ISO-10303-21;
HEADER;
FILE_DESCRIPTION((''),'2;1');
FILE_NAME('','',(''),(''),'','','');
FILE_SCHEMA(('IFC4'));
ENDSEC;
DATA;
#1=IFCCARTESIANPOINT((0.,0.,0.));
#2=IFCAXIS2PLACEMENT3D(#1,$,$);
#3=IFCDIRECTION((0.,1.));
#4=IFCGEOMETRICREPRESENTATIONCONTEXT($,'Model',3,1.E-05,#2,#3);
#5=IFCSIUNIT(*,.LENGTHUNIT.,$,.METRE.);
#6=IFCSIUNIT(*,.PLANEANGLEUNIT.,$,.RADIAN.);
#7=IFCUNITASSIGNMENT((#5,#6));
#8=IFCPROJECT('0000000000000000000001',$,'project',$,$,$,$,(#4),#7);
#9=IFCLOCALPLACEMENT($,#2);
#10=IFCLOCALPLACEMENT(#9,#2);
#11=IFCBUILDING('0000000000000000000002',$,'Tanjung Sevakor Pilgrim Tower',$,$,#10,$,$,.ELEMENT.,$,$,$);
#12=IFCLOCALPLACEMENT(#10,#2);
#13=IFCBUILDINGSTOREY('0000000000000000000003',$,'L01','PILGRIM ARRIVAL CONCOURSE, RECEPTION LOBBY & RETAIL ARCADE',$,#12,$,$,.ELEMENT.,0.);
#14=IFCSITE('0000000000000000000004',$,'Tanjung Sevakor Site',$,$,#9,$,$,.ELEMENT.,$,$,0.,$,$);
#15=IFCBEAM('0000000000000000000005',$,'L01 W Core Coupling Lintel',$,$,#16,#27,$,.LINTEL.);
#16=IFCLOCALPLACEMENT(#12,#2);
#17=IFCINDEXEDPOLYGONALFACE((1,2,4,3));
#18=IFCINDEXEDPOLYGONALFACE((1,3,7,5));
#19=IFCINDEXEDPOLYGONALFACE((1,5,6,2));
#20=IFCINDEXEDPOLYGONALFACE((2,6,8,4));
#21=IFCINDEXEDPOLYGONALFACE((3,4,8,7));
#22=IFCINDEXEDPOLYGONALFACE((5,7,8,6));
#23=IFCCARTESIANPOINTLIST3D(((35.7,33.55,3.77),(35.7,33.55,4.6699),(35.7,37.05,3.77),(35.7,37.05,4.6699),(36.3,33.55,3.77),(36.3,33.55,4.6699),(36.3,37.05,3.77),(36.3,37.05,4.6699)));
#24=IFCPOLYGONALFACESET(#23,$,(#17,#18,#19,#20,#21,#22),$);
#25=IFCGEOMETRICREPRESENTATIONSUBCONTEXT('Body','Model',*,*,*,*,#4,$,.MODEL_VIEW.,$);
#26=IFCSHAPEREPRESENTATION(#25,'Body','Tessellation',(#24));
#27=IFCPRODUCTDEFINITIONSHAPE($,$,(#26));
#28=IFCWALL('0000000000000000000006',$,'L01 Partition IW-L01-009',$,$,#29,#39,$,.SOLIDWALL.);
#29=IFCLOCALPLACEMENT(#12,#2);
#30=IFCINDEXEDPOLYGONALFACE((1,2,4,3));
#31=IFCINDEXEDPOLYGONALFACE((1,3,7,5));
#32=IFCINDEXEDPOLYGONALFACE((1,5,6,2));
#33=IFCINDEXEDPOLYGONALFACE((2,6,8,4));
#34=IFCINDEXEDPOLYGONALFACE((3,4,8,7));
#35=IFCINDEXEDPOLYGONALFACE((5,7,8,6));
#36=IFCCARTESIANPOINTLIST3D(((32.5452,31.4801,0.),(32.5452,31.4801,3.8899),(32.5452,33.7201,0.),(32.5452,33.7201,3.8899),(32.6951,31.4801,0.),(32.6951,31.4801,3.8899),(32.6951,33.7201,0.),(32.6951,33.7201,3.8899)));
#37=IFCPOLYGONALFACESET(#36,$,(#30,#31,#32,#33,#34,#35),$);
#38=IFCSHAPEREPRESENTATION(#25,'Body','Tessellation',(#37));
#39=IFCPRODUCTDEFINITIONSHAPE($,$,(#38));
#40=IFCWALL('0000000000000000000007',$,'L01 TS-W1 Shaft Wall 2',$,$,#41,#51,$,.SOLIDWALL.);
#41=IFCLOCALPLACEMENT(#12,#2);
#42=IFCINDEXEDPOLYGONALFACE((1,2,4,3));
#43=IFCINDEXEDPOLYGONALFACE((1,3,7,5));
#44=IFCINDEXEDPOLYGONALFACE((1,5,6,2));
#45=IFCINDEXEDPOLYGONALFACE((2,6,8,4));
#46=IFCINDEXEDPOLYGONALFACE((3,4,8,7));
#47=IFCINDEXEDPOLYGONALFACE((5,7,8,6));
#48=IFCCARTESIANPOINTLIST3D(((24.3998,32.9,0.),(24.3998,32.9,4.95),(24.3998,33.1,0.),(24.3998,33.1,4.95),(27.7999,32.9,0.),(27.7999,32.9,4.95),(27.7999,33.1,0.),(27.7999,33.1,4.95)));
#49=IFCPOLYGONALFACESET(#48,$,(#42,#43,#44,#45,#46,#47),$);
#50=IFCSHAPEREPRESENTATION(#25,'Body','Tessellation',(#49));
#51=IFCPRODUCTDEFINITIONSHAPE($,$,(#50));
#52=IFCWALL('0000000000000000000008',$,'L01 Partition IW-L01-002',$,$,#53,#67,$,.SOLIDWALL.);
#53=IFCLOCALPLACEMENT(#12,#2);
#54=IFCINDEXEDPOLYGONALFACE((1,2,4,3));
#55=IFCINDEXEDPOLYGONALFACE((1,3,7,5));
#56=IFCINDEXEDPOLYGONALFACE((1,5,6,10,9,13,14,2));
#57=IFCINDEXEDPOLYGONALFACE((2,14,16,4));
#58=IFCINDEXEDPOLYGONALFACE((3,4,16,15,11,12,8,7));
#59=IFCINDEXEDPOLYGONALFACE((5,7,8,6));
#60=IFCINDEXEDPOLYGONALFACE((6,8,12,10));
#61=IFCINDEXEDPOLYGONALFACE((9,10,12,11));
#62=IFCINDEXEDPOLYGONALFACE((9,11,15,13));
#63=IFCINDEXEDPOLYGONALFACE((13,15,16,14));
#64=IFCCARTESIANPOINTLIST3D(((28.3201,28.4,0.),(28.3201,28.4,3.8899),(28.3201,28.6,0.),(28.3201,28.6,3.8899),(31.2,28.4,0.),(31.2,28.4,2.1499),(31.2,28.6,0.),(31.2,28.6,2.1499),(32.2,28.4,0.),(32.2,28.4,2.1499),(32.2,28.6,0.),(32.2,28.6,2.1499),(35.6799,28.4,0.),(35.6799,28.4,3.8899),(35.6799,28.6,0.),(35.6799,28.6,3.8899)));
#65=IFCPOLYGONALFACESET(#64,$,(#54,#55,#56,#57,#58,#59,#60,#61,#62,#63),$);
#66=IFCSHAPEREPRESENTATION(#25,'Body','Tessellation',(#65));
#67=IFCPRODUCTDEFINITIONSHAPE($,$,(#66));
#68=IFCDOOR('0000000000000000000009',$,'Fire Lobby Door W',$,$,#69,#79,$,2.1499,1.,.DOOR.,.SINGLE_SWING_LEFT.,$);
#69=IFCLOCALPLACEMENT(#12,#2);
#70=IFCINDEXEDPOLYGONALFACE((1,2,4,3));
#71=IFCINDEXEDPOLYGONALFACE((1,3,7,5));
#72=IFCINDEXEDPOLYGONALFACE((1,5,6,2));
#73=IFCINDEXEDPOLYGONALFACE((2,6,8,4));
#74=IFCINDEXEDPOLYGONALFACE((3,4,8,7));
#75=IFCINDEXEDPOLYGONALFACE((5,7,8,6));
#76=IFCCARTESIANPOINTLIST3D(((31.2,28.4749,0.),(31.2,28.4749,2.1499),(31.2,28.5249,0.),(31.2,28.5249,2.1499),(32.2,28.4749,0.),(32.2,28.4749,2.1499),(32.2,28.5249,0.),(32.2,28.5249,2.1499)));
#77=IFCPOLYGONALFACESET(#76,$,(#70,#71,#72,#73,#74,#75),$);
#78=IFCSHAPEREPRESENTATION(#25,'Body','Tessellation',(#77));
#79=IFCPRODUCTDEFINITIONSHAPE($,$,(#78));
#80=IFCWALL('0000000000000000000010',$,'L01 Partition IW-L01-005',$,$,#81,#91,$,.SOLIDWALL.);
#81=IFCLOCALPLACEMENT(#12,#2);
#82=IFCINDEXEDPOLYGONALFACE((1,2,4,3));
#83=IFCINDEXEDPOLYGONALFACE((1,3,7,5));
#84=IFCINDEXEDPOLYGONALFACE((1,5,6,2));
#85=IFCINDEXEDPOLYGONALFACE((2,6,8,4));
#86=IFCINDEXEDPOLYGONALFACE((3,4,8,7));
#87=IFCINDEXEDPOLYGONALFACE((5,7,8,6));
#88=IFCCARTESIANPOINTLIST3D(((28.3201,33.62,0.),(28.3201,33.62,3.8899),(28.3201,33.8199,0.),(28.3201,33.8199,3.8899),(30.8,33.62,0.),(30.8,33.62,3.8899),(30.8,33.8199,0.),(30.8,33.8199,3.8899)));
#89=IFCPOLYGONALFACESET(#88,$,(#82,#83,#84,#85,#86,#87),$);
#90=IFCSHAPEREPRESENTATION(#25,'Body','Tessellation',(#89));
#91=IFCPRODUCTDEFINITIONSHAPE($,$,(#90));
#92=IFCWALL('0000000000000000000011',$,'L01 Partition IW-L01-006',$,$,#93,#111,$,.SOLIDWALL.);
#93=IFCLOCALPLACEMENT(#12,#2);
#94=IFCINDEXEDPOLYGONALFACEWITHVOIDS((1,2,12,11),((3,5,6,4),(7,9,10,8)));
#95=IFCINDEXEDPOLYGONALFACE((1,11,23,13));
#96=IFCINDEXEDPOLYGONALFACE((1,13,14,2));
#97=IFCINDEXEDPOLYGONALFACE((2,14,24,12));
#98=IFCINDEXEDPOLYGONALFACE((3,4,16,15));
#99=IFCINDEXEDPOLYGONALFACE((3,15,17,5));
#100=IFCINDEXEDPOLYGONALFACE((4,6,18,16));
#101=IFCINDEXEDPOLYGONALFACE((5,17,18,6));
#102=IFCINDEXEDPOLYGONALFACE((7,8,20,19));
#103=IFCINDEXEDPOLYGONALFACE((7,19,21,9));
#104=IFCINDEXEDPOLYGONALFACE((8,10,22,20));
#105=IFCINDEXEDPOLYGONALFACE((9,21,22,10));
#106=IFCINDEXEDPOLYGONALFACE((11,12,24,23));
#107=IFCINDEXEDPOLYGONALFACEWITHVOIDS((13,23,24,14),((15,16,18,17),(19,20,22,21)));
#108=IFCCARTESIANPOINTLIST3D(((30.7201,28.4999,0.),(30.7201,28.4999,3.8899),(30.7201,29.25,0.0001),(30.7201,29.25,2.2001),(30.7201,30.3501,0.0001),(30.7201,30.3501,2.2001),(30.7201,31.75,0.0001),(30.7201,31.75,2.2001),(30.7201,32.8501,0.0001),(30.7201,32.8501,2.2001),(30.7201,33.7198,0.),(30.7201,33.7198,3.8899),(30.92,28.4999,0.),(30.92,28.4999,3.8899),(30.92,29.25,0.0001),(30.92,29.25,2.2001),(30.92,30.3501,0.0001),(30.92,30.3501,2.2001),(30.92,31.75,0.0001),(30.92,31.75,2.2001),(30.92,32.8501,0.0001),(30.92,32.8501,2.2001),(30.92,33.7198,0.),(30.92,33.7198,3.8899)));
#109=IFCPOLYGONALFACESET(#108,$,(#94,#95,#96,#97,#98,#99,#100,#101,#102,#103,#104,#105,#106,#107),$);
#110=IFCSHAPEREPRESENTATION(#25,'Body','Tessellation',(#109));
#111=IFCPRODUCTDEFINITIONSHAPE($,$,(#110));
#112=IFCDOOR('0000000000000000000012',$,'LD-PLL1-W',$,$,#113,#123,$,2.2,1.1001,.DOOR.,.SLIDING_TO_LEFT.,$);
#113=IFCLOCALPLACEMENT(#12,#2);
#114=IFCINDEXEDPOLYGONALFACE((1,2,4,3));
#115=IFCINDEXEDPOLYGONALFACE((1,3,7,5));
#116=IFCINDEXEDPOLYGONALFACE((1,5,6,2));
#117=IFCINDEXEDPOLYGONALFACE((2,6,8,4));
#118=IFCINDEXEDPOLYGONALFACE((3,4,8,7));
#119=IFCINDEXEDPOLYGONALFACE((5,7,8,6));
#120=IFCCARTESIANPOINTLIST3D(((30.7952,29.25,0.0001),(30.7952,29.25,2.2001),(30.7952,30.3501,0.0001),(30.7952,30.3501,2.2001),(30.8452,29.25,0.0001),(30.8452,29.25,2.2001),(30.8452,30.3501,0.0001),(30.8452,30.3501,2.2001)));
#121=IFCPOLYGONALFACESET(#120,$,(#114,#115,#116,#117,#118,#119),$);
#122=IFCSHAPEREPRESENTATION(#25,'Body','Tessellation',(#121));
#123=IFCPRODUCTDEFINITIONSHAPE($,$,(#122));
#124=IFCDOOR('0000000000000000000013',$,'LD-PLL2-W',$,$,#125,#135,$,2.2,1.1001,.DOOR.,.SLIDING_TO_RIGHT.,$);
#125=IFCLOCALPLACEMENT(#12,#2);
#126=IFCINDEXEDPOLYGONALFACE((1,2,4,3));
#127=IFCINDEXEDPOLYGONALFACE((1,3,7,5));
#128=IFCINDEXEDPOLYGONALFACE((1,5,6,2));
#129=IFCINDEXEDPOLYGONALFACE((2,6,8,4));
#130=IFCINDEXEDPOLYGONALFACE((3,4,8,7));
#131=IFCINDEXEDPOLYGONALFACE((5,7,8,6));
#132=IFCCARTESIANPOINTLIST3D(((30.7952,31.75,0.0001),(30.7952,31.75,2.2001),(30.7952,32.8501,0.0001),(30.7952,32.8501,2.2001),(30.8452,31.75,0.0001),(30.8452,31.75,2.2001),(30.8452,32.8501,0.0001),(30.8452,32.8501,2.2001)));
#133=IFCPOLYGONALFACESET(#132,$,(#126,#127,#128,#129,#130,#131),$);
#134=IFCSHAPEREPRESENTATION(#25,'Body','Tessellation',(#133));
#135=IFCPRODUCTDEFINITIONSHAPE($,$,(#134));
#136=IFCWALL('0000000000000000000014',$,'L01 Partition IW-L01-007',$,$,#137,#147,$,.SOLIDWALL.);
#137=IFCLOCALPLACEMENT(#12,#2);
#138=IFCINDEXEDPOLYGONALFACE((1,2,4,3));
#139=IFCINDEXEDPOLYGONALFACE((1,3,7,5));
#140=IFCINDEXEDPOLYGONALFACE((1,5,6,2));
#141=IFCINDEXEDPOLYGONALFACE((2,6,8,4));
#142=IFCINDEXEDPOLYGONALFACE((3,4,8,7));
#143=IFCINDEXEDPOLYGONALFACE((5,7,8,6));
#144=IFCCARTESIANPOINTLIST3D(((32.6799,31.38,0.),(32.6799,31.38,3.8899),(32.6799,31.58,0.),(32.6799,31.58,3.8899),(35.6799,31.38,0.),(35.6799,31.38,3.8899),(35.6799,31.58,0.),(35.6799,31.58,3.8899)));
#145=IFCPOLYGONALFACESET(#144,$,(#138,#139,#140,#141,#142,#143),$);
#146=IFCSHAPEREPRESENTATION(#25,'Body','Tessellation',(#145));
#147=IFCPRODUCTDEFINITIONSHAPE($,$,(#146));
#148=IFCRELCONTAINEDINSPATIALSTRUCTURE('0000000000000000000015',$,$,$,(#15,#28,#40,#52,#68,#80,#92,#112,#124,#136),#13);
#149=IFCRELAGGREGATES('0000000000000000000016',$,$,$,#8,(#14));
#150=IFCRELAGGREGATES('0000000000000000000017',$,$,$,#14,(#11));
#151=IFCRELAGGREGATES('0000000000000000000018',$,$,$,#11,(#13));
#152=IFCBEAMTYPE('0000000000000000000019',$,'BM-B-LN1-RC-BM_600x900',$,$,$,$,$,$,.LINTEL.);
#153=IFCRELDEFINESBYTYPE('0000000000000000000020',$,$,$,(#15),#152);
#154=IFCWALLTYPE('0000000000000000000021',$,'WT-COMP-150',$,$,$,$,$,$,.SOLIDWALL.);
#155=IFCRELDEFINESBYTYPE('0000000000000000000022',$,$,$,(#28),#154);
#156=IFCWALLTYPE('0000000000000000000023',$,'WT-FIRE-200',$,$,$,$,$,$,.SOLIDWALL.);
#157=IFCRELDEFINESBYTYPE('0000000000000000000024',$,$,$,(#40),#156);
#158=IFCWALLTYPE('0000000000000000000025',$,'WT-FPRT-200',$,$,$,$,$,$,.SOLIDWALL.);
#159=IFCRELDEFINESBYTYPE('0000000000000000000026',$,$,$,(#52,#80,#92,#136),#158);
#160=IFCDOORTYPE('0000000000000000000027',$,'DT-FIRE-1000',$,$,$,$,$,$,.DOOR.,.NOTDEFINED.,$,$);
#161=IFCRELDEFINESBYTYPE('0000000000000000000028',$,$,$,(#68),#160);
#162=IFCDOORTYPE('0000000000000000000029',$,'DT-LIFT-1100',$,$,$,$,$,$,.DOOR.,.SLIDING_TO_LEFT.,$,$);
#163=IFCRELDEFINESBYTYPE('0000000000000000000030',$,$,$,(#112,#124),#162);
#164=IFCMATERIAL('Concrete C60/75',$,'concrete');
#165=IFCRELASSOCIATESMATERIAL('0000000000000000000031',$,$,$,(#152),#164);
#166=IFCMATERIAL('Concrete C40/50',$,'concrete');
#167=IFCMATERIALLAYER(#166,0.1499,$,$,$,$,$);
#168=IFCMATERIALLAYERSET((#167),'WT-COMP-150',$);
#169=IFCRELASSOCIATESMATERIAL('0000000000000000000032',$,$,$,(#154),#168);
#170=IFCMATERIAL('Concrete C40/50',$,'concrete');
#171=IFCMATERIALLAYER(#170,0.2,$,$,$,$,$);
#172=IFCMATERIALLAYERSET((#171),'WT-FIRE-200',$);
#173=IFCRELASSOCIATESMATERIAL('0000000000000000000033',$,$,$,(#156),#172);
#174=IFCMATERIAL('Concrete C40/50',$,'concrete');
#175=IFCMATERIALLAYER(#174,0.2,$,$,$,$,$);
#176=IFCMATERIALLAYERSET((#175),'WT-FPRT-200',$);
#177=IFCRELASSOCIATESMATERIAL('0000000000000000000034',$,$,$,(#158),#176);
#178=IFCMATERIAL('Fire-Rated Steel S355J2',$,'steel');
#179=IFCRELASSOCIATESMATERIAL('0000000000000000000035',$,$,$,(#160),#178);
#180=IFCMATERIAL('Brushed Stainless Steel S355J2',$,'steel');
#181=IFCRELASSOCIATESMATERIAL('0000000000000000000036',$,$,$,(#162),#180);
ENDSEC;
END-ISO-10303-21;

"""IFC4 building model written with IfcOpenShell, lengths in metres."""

from ifc_helpers import new_model, si_unit, direction, frame, frame_2d, origin, origin_2d, place, context, subcontext, project, spatial, rectangle, extrude, material, layer, layer_set, material_profile, profile_set, type_object, element, fill, save


model = new_model("IFC4")

# Units and contexts
model_context = context("Model", 3, precision=1e-05, world=origin(), true_north=direction((0.0, 1.0)))
body_context = subcontext(model_context, "Body", "Model", "MODEL_VIEW")
ifc_project = project(units=[si_unit("LENGTHUNIT", "METRE"), si_unit("PLANEANGLEUNIT", "RADIAN")], contexts=[model_context])

# Site, building, storey
site_placement = place(None, origin())
site = spatial("IfcSite", under=ifc_project, at=site_placement, Name="Tanjung Sevakor Site", CompositionType="ELEMENT", RefElevation=0.0)
building_placement = place(site_placement, origin())
building = spatial("IfcBuilding", under=site, at=building_placement, Name="Tanjung Sevakor Pilgrim Tower", CompositionType="ELEMENT")
storey_placement = place(building_placement, origin())
storey = spatial("IfcBuildingStorey", under=building, at=storey_placement, Name="L01", Description="PILGRIM ARRIVAL CONCOURSE, RECEPTION LOBBY & RETAIL ARCADE", CompositionType="ELEMENT", Elevation=0.0)

# Beam
ifc_material_1 = material(Name="Concrete C60/75", Category="concrete")
ifc_material_profile = material_profile(ifc_material_1, rectangle(XDim=0.6001, YDim=0.8999, at=origin_2d()))
ifc_profile_set = profile_set([ifc_material_profile], Name="Concrete C60/75")
beam_type = type_object("IfcBeamType", Name="BM-B-LN1-RC-BM_600x900", PredefinedType="LINTEL", material=ifc_profile_set)
beam_placement = place(storey_placement, frame((36.0, 33.55, 4.22), z_axis=(0.0, 1.0, 0.0), x_axis=(-1.0, 0.0, 0.0)))
element("IfcBeam", 1, at=beam_placement, inside=storey, type_object=beam_type, Name="L01 W Core Coupling Lintel", PredefinedType="LINTEL", context=body_context, shape_type="SweptSolid", body=[
    extrude(rectangle(XDim=0.6001, YDim=0.8999, at=origin_2d()), origin(), (0.0, 0.0, 1.0), 3.5),
])

# Shared definitions
ifc_material_2 = material(Name="Concrete C40/50", Category="concrete")
ifc_layer_1 = layer(ifc_material_2, 0.1499)
ifc_layer_set_1 = layer_set([ifc_layer_1], Name="WT-COMP-150")
wall_type_1 = type_object("IfcWallType", Name="WT-COMP-150", PredefinedType="SOLIDWALL", material=ifc_layer_set_1)

# Wall
wall_1_placement = place(storey_placement, frame((32.6201, 31.48, 0.0), z_axis=(0.0, 0.0, 1.0), x_axis=(0.0, 1.0, 0.0)))
element("IfcWall", 2, at=wall_1_placement, inside=storey, type_object=wall_type_1, Name="L01 Partition IW-L01-009", PredefinedType="SOLIDWALL", context=body_context, shape_type="SweptSolid", body=[
    extrude(rectangle(XDim=2.24, YDim=0.1499, at=frame_2d((1.1201, 0.0))), origin(), (0.0, 0.0, 1.0), 3.8899),
])

# Wall
ifc_material_3 = material(Name="Concrete C40/50", Category="concrete")
ifc_layer_2 = layer(ifc_material_3, 0.2)
ifc_layer_set_2 = layer_set([ifc_layer_2], Name="WT-FIRE-200")
wall_type_2 = type_object("IfcWallType", Name="WT-FIRE-200", PredefinedType="SOLIDWALL", material=ifc_layer_set_2)
wall_2_placement = place(storey_placement, frame((27.8, 33.0, 0.0), z_axis=(0.0, 0.0, 1.0), x_axis=(-1.0, 0.0, 0.0)))
element("IfcWall", 3, at=wall_2_placement, inside=storey, type_object=wall_type_2, Name="L01 TS-W1 Shaft Wall 2", PredefinedType="SOLIDWALL", context=body_context, shape_type="SweptSolid", body=[
    extrude(rectangle(XDim=3.4001, YDim=0.2, at=frame_2d((1.7002, 0.0))), origin(), (0.0, 0.0, 1.0), 4.95),
])

# Wall, opening, door
ifc_material_4 = material(Name="Concrete C40/50", Category="concrete")
ifc_layer_3 = layer(ifc_material_4, 0.2)
ifc_layer_set_3 = layer_set([ifc_layer_3], Name="WT-FPRT-200")
wall_type_3 = type_object("IfcWallType", Name="WT-FPRT-200", PredefinedType="SOLIDWALL", material=ifc_layer_set_3)
wall_3_placement = place(storey_placement, frame((28.3201, 28.5, 0.0), z_axis=(0.0, 0.0, 1.0), x_axis=(1.0, 0.0, 0.0)))
wall_3 = element("IfcWall", 4, at=wall_3_placement, inside=storey, type_object=wall_type_3, Name="L01 Partition IW-L01-002", PredefinedType="SOLIDWALL", context=body_context, shape_type="SweptSolid", body=[
    extrude(rectangle(XDim=7.3599, YDim=0.2, at=frame_2d((3.6799, 0.0))), origin(), (0.0, 0.0, 1.0), 3.8899),
])
opening_1_placement = place(wall_3_placement, frame((2.8799, 0.0, 0.0)))
opening_1 = element("IfcOpeningElement", 5, at=opening_1_placement, cuts=wall_3, PredefinedType="OPENING", context=body_context, shape_type="SweptSolid", body=[
    extrude(rectangle(XDim=1.0, YDim=2.1499, at=frame_2d((0.5, 1.075))), frame((0.0, 0.1099, 0.0), z_axis=(0.0, -1.0, 0.0), x_axis=(1.0, 0.0, 0.0)), (0.0, 0.0, 1.0), 0.22),
])
ifc_material_5 = material(Name="Fire-Rated Steel S355J2", Category="steel")
door_type_1 = type_object("IfcDoorType", Name="DT-FIRE-1000", OperationType="NOTDEFINED", PredefinedType="DOOR", material=ifc_material_5)
door_1_placement = place(opening_1_placement, origin())
door_1 = element("IfcDoor", 6, at=door_1_placement, inside=storey, type_object=door_type_1, Name="Fire Lobby Door W", OperationType="SINGLE_SWING_LEFT", OverallHeight=2.1499, OverallWidth=1.0, PredefinedType="DOOR", context=body_context, shape_type="SweptSolid", body=[
    extrude(rectangle(XDim=1.0, YDim=2.1499, at=frame_2d((0.5, 1.075))), frame((0.0, 0.0249, 0.0), z_axis=(0.0, -1.0, 0.0), x_axis=(1.0, 0.0, 0.0)), (0.0, 0.0, 1.0), 0.05),
])
fill(opening_1, door_1)

# Wall
wall_4_placement = place(storey_placement, frame((28.3201, 33.72, 0.0), z_axis=(0.0, 0.0, 1.0), x_axis=(1.0, 0.0, 0.0)))
element("IfcWall", 7, at=wall_4_placement, inside=storey, type_object=wall_type_3, Name="L01 Partition IW-L01-005", PredefinedType="SOLIDWALL", context=body_context, shape_type="SweptSolid", body=[
    extrude(rectangle(XDim=2.48, YDim=0.2, at=frame_2d((1.24, 0.0))), origin(), (0.0, 0.0, 1.0), 3.8899),
])

# Wall, openings, doors
wall_5_placement = place(storey_placement, frame((30.8201, 28.5, 0.0), z_axis=(0.0, 0.0, 1.0), x_axis=(0.0, 1.0, 0.0)))
wall_5 = element("IfcWall", 8, at=wall_5_placement, inside=storey, type_object=wall_type_3, Name="L01 Partition IW-L01-006", PredefinedType="SOLIDWALL", context=body_context, shape_type="SweptSolid", body=[
    extrude(rectangle(XDim=5.22, YDim=0.2, at=frame_2d((2.6099, 0.0))), origin(), (0.0, 0.0, 1.0), 3.8899),
])
opening_2_placement = place(wall_5_placement, frame((0.75, 0.0, 0.0)))
opening_2 = element("IfcOpeningElement", 9, at=opening_2_placement, cuts=wall_5, PredefinedType="OPENING", context=body_context, shape_type="SweptSolid", body=[
    extrude(rectangle(XDim=1.1001, YDim=2.2, at=frame_2d((0.55, 1.1001))), frame((0.0, 0.1099, 0.0), z_axis=(0.0, -1.0, 0.0), x_axis=(1.0, 0.0, 0.0)), (0.0, 0.0, 1.0), 0.22),
])
opening_3_placement = place(wall_5_placement, frame((3.25, 0.0, 0.0)))
opening_3 = element("IfcOpeningElement", 10, at=opening_3_placement, cuts=wall_5, PredefinedType="OPENING", context=body_context, shape_type="SweptSolid", body=[
    extrude(rectangle(XDim=1.1001, YDim=2.2, at=frame_2d((0.55, 1.1001))), frame((0.0, 0.1099, 0.0), z_axis=(0.0, -1.0, 0.0), x_axis=(1.0, 0.0, 0.0)), (0.0, 0.0, 1.0), 0.22),
])
ifc_material_6 = material(Name="Brushed Stainless Steel S355J2", Category="steel")
door_type_2 = type_object("IfcDoorType", Name="DT-LIFT-1100", OperationType="SLIDING_TO_LEFT", PredefinedType="DOOR", material=ifc_material_6)
door_2_placement = place(opening_2_placement, origin())
door_2 = element("IfcDoor", 11, at=door_2_placement, inside=storey, type_object=door_type_2, Name="LD-PLL1-W", OperationType="SLIDING_TO_LEFT", OverallHeight=2.2, OverallWidth=1.1001, PredefinedType="DOOR", context=body_context, shape_type="SweptSolid", body=[
    extrude(rectangle(XDim=1.1001, YDim=2.2, at=frame_2d((0.55, 1.1001))), frame((0.0, 0.0249, 0.0), z_axis=(0.0, -1.0, 0.0), x_axis=(1.0, 0.0, 0.0)), (0.0, 0.0, 1.0), 0.05),
])
fill(opening_2, door_2)
door_3_placement = place(opening_3_placement, origin())
door_3 = element("IfcDoor", 12, at=door_3_placement, inside=storey, type_object=door_type_2, Name="LD-PLL2-W", OperationType="SLIDING_TO_RIGHT", OverallHeight=2.2, OverallWidth=1.1001, PredefinedType="DOOR", context=body_context, shape_type="SweptSolid", body=[
    extrude(rectangle(XDim=1.1001, YDim=2.2, at=frame_2d((0.55, 1.1001))), frame((0.0, 0.0249, 0.0), z_axis=(0.0, -1.0, 0.0), x_axis=(1.0, 0.0, 0.0)), (0.0, 0.0, 1.0), 0.05),
])
fill(opening_3, door_3)

# Wall
wall_6_placement = place(storey_placement, frame((32.6799, 31.48, 0.0), z_axis=(0.0, 0.0, 1.0), x_axis=(1.0, 0.0, 0.0)))
element("IfcWall", 13, at=wall_6_placement, inside=storey, type_object=wall_type_3, Name="L01 Partition IW-L01-007", PredefinedType="SOLIDWALL", context=body_context, shape_type="SweptSolid", body=[
    extrude(rectangle(XDim=3.0, YDim=0.2, at=frame_2d((1.5, 0.0))), origin(), (0.0, 0.0, 1.0), 3.8899),
])

save(model, "model.ifc")
